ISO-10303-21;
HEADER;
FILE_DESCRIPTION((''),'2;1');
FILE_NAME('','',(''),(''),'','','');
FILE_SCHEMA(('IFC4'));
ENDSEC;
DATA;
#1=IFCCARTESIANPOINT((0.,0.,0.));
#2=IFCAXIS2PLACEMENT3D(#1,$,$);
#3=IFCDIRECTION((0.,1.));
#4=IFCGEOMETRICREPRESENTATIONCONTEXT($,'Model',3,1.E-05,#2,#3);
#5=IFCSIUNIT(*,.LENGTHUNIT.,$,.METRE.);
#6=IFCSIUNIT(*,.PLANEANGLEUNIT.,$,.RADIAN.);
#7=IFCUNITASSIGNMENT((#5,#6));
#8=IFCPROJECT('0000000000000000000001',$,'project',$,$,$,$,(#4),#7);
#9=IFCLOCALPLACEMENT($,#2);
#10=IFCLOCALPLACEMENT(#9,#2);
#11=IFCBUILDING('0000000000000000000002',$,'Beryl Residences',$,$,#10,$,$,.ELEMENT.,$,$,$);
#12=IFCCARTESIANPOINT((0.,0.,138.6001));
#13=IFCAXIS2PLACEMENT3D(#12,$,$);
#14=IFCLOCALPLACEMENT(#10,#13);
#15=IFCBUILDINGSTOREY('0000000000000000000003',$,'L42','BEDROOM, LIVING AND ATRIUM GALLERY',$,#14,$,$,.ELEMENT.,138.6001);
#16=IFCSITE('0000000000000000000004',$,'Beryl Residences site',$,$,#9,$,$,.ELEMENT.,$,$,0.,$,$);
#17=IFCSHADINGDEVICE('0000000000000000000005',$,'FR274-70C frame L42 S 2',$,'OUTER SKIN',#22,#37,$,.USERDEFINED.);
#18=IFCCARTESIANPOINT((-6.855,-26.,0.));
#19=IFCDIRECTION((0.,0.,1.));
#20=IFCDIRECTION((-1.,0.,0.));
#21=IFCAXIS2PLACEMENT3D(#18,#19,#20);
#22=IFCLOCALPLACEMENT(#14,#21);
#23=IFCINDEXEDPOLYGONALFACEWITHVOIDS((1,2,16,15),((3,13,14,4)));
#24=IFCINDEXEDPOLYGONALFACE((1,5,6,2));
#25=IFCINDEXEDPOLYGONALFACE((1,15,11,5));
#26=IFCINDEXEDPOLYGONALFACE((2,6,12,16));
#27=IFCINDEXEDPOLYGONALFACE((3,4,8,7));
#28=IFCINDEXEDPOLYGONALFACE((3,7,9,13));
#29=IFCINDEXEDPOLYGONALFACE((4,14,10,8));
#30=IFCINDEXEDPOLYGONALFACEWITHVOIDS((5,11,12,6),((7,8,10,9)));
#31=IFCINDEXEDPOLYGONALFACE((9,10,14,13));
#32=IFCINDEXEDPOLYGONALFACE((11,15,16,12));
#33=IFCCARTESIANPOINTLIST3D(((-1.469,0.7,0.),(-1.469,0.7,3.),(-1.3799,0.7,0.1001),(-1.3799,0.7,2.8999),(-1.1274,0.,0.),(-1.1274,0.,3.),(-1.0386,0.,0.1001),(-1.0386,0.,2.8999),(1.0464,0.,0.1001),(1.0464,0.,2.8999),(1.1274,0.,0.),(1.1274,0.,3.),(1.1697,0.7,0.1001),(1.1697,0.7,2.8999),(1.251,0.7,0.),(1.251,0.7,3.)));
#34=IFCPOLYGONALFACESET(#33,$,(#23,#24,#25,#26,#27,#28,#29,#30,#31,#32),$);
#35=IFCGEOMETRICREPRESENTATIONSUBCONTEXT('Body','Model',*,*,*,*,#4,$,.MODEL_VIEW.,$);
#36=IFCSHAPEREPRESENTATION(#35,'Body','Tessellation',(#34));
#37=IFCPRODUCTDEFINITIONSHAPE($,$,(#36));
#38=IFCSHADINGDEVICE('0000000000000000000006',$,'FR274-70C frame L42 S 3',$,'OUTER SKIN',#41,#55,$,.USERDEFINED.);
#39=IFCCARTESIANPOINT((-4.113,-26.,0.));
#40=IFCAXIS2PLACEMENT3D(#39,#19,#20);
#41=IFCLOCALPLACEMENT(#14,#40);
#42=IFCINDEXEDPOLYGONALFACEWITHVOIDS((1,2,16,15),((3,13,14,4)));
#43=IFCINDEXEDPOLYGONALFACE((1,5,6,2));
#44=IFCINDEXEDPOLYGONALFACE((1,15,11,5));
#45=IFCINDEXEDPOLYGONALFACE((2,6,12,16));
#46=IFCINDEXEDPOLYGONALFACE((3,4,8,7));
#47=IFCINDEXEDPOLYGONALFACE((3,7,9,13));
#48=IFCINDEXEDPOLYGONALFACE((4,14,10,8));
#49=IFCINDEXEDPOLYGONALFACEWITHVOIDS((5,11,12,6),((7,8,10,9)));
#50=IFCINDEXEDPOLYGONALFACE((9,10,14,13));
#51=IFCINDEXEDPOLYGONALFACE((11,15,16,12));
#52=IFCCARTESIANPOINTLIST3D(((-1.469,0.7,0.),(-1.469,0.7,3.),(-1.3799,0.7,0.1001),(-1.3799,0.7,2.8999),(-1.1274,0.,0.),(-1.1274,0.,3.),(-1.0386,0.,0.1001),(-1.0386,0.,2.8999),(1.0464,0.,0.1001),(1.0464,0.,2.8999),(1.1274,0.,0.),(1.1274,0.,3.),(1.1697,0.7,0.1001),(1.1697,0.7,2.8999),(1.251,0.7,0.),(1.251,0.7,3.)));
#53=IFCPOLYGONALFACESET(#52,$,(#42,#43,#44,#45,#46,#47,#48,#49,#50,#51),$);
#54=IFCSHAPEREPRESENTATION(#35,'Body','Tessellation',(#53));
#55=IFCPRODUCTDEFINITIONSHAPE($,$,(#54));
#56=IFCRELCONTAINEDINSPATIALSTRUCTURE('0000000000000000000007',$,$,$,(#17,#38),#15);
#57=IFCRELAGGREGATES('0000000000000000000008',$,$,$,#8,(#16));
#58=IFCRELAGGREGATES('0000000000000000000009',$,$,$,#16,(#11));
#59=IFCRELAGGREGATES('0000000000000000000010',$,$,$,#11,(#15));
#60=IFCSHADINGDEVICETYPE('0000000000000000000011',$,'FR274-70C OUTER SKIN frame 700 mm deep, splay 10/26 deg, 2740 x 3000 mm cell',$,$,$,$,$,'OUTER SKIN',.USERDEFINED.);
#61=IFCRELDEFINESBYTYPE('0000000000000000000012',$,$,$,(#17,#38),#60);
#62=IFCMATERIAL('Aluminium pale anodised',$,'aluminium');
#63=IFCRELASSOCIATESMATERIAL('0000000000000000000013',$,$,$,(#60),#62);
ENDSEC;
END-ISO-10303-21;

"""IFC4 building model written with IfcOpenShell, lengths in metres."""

from ifc_helpers import new_model, entity, si_unit, direction, frame, origin, place, context, subcontext, project, spatial, source, transform, mapped, material, type_object, type_shapes, element, save


model = new_model("IFC4")

# Units and contexts
model_context = context("Model", 3, precision=1e-05, world=origin(), true_north=direction((0.0, 1.0)))
body_context = subcontext(model_context, "Body", "Model", "MODEL_VIEW")
ifc_project = project(units=[si_unit("LENGTHUNIT", "METRE"), si_unit("PLANEANGLEUNIT", "RADIAN")], contexts=[model_context])

# Site, building, storey
site_placement = place(None, origin())
site = spatial("IfcSite", under=ifc_project, at=site_placement, Name="Beryl Residences site", CompositionType="ELEMENT", RefElevation=0.0)
building_placement = place(site_placement, origin())
building = spatial("IfcBuilding", under=site, at=building_placement, Name="Beryl Residences", CompositionType="ELEMENT")
storey_placement = place(building_placement, frame((0.0, 0.0, 138.6001)))
storey = spatial("IfcBuildingStorey", under=building, at=storey_placement, Name="L42", Description="BEDROOM, LIVING AND ATRIUM GALLERY", CompositionType="ELEMENT", Elevation=138.6001)

# Shading devices
ifc_material_1 = material(Name="Aluminium pale anodised", Category="aluminium")
shading_device_type = type_object("IfcShadingDeviceType", Name="FR274-70C OUTER SKIN frame 700 mm deep, splay 10/26 deg, 2740 x 3000 mm cell", ElementType="OUTER SKIN", PredefinedType="USERDEFINED", material=ifc_material_1)
cartesian_point_1 = entity("IfcCartesianPoint", [-1.1274, 0.0])
cartesian_point_2 = entity("IfcCartesianPoint", [-1.0464, 0.1001])
cartesian_point_3 = entity("IfcCartesianPoint", [-1.251, 0.0])
cartesian_point_4 = entity("IfcCartesianPoint", [-1.1697, 0.1001])
shared_shape = source(origin(), body_context, "Body", "SweptSolid", [
    entity("IfcExtrudedAreaSolidTapered", entity("IfcArbitraryProfileDefWithVoids", "AREA", None, entity("IfcPolyline", [cartesian_point_1, entity("IfcCartesianPoint", [1.1274, 0.0]), entity("IfcCartesianPoint", [1.1274, 3.0]), entity("IfcCartesianPoint", [-1.1274, 3.0]), cartesian_point_1]), [entity("IfcPolyline", [cartesian_point_2, entity("IfcCartesianPoint", [1.0386, 0.1001]), entity("IfcCartesianPoint", [1.0386, 2.8999]), entity("IfcCartesianPoint", [-1.0464, 2.8999]), cartesian_point_2])]), entity("IfcAxis2Placement3D", entity("IfcCartesianPoint", [0.0, 0.0, 0.0]), entity("IfcDirection", [0.0, 1.0, 0.0]), entity("IfcDirection", [-1.0, 0.0, 0.0])), entity("IfcDirection", [0.0, 0.0, 1.0]), 0.7, entity("IfcArbitraryProfileDefWithVoids", "AREA", None, entity("IfcPolyline", [cartesian_point_3, entity("IfcCartesianPoint", [1.469, 0.0]), entity("IfcCartesianPoint", [1.469, 3.0]), entity("IfcCartesianPoint", [-1.251, 3.0]), cartesian_point_3]), [entity("IfcPolyline", [cartesian_point_4, entity("IfcCartesianPoint", [1.3799, 0.1001]), entity("IfcCartesianPoint", [1.3799, 2.8999]), entity("IfcCartesianPoint", [-1.1697, 2.8999]), cartesian_point_4])])),
])
type_shapes(shading_device_type, [shared_shape])
for number, where, z_axis, x_axis, name in (
    (1, (-6.855, -26.0, 0.0), (0.0, 0.0, 1.0), (-1.0, 0.0, 0.0), "FR274-70C frame L42 S 2"),
    (2, (-4.113, -26.0, 0.0), (0.0, 0.0, 1.0), (-1.0, 0.0, 0.0), "FR274-70C frame L42 S 3"),
):
    element("IfcShadingDevice", number, at=place(storey_placement, frame(where, z_axis=z_axis, x_axis=x_axis)), inside=storey, type_object=shading_device_type, Name=name, ObjectType="OUTER SKIN", PredefinedType="USERDEFINED", context=body_context, shape_type="MappedRepresentation", body=[
        mapped(shared_shape, transform((0.0, 0.0, 0.0))),
    ])

save(model, "model.ifc")
